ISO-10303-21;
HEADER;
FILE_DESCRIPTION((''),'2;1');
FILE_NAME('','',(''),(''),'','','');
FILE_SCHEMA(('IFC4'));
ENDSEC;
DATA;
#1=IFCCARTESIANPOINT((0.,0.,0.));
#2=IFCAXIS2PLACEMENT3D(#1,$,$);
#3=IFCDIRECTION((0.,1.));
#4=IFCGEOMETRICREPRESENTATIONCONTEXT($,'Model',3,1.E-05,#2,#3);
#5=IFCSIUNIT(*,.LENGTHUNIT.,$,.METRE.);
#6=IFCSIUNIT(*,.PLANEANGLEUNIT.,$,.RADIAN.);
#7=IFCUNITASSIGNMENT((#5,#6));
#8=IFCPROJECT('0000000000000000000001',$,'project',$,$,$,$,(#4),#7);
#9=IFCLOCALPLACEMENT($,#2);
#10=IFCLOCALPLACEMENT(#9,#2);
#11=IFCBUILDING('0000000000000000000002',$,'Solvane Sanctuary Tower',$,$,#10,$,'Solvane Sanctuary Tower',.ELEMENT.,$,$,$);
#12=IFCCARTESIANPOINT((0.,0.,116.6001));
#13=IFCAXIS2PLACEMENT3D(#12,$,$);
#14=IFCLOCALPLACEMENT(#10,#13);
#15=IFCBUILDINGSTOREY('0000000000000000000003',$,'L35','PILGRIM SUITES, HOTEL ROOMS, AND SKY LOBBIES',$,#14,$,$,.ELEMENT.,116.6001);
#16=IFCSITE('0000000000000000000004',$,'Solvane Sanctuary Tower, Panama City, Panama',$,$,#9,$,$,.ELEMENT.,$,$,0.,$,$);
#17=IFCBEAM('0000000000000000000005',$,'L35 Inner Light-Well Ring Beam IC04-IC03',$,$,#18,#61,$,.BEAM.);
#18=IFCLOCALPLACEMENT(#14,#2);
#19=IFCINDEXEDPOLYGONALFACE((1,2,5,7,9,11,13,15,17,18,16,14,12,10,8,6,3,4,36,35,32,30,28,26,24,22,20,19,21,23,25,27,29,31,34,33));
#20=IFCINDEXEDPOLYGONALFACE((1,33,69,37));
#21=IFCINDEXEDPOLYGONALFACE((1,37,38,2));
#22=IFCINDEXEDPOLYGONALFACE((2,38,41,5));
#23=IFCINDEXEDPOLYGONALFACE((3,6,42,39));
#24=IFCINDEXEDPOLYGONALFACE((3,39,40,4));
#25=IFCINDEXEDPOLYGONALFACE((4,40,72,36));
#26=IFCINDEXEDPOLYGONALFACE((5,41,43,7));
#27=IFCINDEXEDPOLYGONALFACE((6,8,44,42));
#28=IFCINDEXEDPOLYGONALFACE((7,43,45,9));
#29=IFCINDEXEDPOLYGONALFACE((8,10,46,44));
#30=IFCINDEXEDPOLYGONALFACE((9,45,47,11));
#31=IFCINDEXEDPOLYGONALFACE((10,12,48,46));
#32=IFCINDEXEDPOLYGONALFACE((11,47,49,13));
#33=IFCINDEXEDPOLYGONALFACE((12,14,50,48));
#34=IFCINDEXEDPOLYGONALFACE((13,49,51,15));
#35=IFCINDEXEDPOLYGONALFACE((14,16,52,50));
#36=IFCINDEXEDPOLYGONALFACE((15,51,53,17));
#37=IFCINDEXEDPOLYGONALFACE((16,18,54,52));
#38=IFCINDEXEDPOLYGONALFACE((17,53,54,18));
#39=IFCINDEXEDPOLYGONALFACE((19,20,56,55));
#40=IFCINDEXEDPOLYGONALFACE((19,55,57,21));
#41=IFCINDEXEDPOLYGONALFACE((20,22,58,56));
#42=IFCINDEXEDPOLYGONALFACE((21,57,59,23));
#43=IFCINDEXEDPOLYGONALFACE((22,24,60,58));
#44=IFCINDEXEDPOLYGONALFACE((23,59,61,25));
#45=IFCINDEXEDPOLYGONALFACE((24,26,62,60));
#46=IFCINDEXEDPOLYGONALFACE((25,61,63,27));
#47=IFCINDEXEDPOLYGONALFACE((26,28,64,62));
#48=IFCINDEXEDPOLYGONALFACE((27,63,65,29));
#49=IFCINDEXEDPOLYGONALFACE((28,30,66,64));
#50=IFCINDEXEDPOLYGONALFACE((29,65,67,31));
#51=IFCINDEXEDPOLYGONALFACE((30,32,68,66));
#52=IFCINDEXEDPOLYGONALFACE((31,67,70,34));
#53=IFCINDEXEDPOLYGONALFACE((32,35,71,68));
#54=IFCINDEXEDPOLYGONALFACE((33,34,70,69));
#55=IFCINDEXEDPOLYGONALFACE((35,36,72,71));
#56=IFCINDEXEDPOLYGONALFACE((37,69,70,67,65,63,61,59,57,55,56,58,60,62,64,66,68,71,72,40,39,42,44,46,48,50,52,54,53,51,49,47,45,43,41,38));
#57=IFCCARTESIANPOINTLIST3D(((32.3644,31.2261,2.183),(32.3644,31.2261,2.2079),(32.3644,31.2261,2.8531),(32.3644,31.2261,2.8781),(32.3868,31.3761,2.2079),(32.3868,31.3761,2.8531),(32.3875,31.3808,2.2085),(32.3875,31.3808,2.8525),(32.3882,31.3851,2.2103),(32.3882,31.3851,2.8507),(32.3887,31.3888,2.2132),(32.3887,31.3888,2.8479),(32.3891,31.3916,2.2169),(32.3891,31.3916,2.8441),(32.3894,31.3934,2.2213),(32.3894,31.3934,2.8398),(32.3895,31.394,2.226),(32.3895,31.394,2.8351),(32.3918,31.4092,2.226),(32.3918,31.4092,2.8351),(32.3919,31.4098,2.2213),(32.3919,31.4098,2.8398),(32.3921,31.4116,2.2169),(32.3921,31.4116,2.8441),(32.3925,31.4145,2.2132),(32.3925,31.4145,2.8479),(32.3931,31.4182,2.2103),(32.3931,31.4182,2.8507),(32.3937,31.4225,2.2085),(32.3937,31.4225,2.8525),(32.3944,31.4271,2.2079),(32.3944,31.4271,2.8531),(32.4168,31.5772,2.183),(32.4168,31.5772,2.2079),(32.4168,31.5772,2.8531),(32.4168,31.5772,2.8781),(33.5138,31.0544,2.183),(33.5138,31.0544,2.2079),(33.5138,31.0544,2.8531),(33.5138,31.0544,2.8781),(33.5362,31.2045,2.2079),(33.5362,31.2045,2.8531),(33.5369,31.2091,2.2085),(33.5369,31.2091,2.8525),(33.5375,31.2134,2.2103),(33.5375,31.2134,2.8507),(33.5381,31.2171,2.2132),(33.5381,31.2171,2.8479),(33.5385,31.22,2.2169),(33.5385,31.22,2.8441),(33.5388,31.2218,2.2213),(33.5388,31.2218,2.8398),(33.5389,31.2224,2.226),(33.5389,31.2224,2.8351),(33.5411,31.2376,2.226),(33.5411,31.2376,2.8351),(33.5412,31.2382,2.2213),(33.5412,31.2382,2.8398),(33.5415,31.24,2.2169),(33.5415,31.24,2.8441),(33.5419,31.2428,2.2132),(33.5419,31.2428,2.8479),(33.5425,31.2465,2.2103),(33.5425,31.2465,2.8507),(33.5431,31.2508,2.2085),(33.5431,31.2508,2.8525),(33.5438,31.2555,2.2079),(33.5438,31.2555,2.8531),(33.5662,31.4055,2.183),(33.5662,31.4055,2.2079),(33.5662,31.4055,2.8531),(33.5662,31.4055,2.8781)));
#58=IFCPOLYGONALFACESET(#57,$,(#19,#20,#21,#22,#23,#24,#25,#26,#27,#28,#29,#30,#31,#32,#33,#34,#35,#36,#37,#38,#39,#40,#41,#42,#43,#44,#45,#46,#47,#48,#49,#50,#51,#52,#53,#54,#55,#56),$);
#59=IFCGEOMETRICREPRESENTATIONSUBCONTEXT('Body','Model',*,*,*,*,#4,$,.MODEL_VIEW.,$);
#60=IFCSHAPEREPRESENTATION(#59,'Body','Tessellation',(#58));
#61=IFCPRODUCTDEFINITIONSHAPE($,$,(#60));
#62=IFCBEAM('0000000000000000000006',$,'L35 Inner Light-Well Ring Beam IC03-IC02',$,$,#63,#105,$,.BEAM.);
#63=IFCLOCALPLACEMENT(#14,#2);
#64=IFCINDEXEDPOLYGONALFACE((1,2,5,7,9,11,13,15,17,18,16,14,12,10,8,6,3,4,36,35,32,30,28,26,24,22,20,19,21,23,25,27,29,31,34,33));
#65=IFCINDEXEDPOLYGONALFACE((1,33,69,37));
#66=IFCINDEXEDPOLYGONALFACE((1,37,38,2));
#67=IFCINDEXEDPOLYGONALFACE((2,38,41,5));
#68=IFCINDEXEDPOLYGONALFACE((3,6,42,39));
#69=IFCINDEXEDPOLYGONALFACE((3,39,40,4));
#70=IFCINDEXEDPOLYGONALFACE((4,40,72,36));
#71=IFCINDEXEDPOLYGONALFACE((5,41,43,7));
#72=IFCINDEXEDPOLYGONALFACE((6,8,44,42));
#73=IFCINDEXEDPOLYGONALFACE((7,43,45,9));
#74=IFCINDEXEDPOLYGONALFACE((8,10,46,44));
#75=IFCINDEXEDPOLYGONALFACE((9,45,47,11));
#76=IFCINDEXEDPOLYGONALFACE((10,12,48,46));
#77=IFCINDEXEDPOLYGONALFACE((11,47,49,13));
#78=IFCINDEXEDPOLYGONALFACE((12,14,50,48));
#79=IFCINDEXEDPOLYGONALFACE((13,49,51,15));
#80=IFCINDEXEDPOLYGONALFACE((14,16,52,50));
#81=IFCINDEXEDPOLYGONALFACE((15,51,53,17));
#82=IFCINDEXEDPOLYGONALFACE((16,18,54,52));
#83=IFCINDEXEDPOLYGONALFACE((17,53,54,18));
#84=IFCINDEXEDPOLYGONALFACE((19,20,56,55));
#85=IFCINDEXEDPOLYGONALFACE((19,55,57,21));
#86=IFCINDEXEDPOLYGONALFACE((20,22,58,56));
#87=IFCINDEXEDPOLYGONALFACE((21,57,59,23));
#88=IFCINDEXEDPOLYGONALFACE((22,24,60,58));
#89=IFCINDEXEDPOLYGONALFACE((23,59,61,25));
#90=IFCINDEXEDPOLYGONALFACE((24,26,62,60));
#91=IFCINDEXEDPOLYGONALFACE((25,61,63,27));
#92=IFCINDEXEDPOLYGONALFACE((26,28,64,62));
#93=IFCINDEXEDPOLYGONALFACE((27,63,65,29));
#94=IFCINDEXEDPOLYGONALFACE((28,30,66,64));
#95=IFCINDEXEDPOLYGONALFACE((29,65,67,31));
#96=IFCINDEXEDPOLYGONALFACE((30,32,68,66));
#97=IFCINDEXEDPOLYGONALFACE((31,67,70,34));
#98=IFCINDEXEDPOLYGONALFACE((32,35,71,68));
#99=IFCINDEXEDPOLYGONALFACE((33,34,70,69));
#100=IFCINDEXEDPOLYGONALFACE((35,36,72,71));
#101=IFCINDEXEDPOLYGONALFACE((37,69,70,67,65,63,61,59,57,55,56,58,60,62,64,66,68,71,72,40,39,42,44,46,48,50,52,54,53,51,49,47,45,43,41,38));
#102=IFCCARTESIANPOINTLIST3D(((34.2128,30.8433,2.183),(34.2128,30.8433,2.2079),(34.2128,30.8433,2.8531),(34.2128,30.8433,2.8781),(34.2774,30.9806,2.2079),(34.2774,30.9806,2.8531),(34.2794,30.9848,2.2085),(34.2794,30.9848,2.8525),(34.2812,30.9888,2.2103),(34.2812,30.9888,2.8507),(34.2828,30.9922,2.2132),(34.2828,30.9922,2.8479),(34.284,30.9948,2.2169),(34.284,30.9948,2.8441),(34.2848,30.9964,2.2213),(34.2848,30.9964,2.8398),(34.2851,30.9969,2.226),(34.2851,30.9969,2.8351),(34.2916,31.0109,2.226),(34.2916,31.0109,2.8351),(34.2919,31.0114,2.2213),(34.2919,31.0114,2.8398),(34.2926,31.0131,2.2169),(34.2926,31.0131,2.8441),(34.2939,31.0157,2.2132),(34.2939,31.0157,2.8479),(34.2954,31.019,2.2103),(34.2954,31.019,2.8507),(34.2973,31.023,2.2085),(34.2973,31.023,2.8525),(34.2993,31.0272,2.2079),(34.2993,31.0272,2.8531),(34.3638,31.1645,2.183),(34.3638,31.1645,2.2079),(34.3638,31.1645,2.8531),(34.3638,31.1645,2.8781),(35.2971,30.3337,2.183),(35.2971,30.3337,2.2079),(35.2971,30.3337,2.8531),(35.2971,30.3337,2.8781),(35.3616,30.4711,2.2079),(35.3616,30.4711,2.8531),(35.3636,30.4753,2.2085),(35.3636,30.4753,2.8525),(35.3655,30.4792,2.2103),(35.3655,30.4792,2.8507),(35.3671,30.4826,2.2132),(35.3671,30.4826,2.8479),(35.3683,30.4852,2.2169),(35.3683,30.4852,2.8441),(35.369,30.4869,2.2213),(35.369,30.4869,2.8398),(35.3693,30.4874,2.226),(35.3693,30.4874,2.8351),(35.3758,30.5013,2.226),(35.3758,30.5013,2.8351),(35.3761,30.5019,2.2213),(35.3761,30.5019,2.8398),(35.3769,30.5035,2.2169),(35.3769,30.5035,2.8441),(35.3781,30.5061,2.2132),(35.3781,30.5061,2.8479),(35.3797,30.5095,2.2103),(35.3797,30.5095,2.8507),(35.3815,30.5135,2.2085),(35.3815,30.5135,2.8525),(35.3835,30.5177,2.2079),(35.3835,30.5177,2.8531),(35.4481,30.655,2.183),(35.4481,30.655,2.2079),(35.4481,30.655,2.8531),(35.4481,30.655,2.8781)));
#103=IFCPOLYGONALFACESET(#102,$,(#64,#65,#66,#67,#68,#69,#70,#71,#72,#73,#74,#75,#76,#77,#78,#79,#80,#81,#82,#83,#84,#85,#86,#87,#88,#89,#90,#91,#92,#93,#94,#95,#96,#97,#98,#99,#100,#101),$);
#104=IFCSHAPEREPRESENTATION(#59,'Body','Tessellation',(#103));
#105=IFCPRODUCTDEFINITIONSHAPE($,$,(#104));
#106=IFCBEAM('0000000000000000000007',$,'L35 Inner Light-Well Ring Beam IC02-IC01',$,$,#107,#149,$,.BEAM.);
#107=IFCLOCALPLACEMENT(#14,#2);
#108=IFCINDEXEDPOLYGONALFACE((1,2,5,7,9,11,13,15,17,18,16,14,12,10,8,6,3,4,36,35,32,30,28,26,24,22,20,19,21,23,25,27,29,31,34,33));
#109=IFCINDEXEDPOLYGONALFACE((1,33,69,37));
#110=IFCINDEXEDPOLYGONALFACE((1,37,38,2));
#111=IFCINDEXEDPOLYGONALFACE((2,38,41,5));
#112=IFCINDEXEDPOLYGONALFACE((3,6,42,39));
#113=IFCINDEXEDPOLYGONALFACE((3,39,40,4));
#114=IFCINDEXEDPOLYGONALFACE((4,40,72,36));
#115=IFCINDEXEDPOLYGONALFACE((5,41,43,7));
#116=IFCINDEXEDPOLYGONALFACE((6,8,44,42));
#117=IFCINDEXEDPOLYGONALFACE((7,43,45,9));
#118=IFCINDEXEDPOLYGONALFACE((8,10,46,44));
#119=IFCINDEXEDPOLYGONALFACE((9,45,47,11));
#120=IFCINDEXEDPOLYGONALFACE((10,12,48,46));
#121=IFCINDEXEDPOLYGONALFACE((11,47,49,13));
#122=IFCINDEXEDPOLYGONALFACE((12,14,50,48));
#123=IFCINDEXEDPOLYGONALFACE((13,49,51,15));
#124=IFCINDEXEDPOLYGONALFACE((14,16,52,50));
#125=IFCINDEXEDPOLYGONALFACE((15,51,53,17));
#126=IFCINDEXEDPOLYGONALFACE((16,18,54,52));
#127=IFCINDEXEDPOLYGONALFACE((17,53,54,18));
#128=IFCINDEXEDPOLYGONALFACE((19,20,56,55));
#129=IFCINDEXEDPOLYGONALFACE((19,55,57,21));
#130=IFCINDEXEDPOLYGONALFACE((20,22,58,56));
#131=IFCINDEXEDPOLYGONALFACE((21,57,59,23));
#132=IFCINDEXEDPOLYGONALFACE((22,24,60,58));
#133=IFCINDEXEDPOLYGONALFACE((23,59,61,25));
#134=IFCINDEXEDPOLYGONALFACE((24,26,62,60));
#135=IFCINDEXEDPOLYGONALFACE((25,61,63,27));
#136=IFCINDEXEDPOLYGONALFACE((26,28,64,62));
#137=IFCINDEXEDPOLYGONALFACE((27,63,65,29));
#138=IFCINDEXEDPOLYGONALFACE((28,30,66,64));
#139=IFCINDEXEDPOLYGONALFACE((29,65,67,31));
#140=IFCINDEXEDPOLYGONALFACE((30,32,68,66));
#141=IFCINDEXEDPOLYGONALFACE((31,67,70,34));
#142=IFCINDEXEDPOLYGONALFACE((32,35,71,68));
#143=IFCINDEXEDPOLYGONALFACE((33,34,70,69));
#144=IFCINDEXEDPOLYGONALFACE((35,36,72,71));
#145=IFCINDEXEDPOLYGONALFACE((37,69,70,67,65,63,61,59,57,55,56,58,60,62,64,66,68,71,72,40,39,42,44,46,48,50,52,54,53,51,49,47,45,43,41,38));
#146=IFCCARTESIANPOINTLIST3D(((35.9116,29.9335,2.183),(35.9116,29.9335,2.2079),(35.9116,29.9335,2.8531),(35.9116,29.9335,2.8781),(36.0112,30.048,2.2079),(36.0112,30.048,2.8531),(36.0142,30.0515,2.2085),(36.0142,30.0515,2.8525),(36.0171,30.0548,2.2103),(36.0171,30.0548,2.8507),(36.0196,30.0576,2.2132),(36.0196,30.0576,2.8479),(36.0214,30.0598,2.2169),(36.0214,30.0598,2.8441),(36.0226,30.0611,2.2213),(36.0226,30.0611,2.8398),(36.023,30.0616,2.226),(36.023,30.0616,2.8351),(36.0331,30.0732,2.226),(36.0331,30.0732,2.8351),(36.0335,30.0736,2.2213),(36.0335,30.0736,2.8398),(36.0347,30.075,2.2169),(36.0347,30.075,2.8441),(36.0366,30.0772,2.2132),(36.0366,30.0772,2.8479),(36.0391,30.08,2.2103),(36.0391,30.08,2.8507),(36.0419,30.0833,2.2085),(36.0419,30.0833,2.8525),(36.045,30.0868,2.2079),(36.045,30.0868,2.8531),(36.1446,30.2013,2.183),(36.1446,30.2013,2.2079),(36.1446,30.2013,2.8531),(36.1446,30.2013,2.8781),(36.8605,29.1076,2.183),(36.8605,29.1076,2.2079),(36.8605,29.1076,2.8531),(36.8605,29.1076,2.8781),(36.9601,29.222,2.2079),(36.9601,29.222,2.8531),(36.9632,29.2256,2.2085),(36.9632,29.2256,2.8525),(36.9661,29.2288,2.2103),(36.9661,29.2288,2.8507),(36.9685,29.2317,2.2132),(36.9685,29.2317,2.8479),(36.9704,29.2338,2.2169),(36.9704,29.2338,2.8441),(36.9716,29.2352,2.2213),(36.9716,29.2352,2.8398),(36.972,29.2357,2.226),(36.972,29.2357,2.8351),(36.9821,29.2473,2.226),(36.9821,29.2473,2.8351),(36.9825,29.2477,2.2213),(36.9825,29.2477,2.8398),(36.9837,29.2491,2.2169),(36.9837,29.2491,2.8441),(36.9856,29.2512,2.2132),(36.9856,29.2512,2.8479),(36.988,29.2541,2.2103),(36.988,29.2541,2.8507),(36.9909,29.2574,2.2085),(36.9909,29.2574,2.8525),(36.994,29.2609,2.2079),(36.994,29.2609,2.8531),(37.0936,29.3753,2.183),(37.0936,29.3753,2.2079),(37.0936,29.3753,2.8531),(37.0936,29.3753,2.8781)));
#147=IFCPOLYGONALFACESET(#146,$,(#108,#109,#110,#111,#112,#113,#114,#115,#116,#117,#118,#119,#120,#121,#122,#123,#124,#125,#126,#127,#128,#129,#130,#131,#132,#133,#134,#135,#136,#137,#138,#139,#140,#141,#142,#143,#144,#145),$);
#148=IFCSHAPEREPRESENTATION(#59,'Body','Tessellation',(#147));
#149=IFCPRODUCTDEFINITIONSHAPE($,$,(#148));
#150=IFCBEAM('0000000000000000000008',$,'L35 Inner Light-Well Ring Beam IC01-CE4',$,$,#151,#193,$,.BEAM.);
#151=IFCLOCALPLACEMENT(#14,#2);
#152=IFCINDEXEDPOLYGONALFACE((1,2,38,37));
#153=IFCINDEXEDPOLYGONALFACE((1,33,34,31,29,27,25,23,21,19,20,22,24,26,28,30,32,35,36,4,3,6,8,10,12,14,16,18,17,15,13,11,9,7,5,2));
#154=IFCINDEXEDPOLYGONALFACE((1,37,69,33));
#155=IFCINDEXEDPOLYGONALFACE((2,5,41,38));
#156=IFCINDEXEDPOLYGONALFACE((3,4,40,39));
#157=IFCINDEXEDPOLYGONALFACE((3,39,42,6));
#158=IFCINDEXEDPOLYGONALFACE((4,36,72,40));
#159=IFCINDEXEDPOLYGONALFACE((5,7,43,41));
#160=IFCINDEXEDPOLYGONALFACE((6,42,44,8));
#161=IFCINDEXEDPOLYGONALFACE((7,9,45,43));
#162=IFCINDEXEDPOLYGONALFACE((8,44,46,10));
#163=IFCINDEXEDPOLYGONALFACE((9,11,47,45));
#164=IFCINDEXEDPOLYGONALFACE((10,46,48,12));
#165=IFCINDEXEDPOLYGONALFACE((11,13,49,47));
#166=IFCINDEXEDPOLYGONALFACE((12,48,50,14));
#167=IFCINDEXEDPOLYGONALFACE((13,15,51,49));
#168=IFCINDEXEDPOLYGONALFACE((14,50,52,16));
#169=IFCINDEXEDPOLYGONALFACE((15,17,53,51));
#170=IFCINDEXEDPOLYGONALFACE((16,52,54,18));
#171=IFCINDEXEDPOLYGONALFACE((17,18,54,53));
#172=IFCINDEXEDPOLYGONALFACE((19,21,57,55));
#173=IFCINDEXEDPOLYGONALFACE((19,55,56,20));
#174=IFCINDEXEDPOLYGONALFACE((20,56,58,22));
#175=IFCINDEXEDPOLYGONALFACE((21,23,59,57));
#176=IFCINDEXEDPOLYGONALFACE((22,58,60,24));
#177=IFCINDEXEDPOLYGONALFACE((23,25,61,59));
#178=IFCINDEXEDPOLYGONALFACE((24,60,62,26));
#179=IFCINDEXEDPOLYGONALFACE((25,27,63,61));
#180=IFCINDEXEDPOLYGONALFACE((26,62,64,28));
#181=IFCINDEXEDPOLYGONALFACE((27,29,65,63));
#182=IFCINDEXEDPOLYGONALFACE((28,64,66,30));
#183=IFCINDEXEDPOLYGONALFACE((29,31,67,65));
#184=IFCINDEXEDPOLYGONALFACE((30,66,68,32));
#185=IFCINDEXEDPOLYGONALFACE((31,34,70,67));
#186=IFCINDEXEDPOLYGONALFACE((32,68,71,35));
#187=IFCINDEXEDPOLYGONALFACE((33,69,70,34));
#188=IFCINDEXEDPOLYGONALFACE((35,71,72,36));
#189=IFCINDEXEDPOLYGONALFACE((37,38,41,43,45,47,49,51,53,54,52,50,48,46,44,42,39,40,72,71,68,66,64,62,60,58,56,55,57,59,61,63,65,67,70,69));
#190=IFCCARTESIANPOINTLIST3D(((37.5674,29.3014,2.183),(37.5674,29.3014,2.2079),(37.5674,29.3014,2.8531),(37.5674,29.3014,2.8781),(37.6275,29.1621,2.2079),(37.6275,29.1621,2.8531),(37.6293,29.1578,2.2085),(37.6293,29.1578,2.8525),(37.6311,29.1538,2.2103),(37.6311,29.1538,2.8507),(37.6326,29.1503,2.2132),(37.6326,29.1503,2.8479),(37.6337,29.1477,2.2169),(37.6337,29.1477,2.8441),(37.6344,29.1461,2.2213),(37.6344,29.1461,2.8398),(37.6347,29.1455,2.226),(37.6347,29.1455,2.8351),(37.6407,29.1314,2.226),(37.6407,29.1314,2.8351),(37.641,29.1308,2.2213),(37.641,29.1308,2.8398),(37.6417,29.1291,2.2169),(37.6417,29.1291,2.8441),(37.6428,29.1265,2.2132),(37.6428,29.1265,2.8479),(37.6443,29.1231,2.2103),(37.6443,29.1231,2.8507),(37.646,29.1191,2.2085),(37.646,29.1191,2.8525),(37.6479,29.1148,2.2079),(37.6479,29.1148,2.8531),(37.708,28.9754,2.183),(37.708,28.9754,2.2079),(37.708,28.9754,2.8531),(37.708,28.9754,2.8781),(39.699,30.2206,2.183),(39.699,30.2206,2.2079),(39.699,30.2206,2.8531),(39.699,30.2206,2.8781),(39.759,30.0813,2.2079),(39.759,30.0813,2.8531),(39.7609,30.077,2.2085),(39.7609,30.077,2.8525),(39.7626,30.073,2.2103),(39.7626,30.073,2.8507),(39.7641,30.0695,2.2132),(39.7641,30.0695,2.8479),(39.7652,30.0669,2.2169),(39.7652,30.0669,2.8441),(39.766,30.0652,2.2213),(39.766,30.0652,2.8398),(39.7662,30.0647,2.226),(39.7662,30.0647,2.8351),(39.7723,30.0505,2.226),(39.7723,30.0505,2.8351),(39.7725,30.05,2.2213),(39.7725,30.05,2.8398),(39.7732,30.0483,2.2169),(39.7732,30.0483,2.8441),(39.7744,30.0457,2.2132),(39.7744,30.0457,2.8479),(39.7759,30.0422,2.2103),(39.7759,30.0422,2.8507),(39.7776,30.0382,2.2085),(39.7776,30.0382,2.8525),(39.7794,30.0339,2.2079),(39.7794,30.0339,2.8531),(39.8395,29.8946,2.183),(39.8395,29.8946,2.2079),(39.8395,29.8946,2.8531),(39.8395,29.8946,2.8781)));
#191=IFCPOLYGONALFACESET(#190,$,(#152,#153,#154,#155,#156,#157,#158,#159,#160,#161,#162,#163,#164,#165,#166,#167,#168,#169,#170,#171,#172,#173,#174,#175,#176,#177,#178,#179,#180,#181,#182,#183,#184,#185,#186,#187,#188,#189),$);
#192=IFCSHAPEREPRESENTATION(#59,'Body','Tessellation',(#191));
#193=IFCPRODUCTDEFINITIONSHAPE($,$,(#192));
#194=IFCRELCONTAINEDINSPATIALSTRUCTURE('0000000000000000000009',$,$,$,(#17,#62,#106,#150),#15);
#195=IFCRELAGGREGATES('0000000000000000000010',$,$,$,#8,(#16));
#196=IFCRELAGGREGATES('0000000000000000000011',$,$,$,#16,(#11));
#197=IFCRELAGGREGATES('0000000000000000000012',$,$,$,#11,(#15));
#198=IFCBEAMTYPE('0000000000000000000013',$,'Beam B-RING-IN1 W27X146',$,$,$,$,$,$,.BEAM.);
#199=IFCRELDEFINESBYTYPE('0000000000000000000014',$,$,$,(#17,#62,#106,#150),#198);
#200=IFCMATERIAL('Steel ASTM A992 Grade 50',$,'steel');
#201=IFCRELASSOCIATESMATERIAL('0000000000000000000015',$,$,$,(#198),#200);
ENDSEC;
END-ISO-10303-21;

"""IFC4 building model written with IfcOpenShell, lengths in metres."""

from ifc_helpers import new_model, si_unit, direction, frame, origin, origin_2d, place, context, subcontext, project, spatial, i_section, extrude, material, material_profile, profile_set, type_object, element, save


model = new_model("IFC4")

# Units and contexts
model_context = context("Model", 3, precision=1e-05, world=origin(), true_north=direction((0.0, 1.0)))
body_context = subcontext(model_context, "Body", "Model", "MODEL_VIEW")
ifc_project = project(units=[si_unit("LENGTHUNIT", "METRE"), si_unit("PLANEANGLEUNIT", "RADIAN")], contexts=[model_context])

# Site, building, storey
site_placement = place(None, origin())
site = spatial("IfcSite", under=ifc_project, at=site_placement, Name="Solvane Sanctuary Tower, Panama City, Panama", CompositionType="ELEMENT", RefElevation=0.0)
building_placement = place(site_placement, origin())
building = spatial("IfcBuilding", under=site, at=building_placement, Name="Solvane Sanctuary Tower", LongName="Solvane Sanctuary Tower", CompositionType="ELEMENT")
storey_placement = place(building_placement, frame((0.0, 0.0, 116.6001)))
storey = spatial("IfcBuildingStorey", under=building, at=storey_placement, Name="L35", Description="PILGRIM SUITES, HOTEL ROOMS, AND SKY LOBBIES", CompositionType="ELEMENT", Elevation=116.6001)

# Beams
ifc_material_1 = material(Name="Steel ASTM A992 Grade 50", Category="steel")
ifc_material_profile_1 = material_profile(ifc_material_1, i_section(OverallWidth=0.355, OverallDepth=0.6951, WebThickness=0.0154, FlangeThickness=0.0249, FilletRadius=0.0181, at=origin_2d()), Name="W27X146")
ifc_profile_set_1 = profile_set([ifc_material_profile_1], Name="Steel ASTM A992 Grade 50")
beam_type_1 = type_object("IfcBeamType", Name="Beam B-RING-IN1 W27X146", PredefinedType="BEAM", material=ifc_profile_set_1)
for number, where, z_axis, x_axis, name in (
    (1, (32.3906, 31.4016, 2.5305), (0.989035, -0.147683, 0.0), (0.147683, 0.989035, 0.0), "L35 Inner Light-Well Ring Beam IC04-IC03"),
):
    element("IfcBeam", number, at=place(storey_placement, frame(where, z_axis=z_axis, x_axis=x_axis)), inside=storey, type_object=beam_type_1, Name=name, PredefinedType="BEAM", context=body_context, shape_type="SweptSolid", body=[
        extrude(i_section(OverallWidth=0.355, OverallDepth=0.6951, WebThickness=0.0154, FlangeThickness=0.0249, FilletRadius=0.0181, at=origin_2d()), origin(), (0.0, 0.0, 1.0), 1.1621),
    ])
beam_1_placement = place(storey_placement, frame((34.2883, 31.0039, 2.5305), z_axis=(0.905045, -0.425316, 0.0), x_axis=(0.425316, 0.905045, 0.0)))
element("IfcBeam", 2, at=beam_1_placement, inside=storey, type_object=beam_type_1, Name="L35 Inner Light-Well Ring Beam IC03-IC02", PredefinedType="BEAM", context=body_context, shape_type="SweptSolid", body=[
    extrude(i_section(OverallWidth=0.355, OverallDepth=0.6951, WebThickness=0.0154, FlangeThickness=0.0249, FilletRadius=0.0181, at=origin_2d()), origin(), (0.0, 0.0, 1.0), 1.198),
])
beam_2_placement = place(storey_placement, frame((36.0281, 30.0674, 2.5305), z_axis=(0.754317, -0.65651, 0.0), x_axis=(0.65651, 0.754317, 0.0)))
element("IfcBeam", 3, at=beam_2_placement, inside=storey, type_object=beam_type_1, Name="L35 Inner Light-Well Ring Beam IC02-IC01", PredefinedType="BEAM", context=body_context, shape_type="SweptSolid", body=[
    extrude(i_section(OverallWidth=0.355, OverallDepth=0.6951, WebThickness=0.0154, FlangeThickness=0.0249, FilletRadius=0.0181, at=origin_2d()), origin(), (0.0, 0.0, 1.0), 1.2581),
])
beam_3_placement = place(storey_placement, frame((37.6377, 29.1384, 2.5305), z_axis=(0.918261, 0.395975, 0.0), x_axis=(-0.395975, 0.918261, 0.0)))
element("IfcBeam", 4, at=beam_3_placement, inside=storey, type_object=beam_type_1, Name="L35 Inner Light-Well Ring Beam IC01-CE4", PredefinedType="BEAM", context=body_context, shape_type="SweptSolid", body=[
    extrude(i_section(OverallWidth=0.355, OverallDepth=0.6951, WebThickness=0.0154, FlangeThickness=0.0249, FilletRadius=0.0181, at=origin_2d()), origin(), (0.0, 0.0, 1.0), 2.3213),
])

save(model, "model.ifc")
